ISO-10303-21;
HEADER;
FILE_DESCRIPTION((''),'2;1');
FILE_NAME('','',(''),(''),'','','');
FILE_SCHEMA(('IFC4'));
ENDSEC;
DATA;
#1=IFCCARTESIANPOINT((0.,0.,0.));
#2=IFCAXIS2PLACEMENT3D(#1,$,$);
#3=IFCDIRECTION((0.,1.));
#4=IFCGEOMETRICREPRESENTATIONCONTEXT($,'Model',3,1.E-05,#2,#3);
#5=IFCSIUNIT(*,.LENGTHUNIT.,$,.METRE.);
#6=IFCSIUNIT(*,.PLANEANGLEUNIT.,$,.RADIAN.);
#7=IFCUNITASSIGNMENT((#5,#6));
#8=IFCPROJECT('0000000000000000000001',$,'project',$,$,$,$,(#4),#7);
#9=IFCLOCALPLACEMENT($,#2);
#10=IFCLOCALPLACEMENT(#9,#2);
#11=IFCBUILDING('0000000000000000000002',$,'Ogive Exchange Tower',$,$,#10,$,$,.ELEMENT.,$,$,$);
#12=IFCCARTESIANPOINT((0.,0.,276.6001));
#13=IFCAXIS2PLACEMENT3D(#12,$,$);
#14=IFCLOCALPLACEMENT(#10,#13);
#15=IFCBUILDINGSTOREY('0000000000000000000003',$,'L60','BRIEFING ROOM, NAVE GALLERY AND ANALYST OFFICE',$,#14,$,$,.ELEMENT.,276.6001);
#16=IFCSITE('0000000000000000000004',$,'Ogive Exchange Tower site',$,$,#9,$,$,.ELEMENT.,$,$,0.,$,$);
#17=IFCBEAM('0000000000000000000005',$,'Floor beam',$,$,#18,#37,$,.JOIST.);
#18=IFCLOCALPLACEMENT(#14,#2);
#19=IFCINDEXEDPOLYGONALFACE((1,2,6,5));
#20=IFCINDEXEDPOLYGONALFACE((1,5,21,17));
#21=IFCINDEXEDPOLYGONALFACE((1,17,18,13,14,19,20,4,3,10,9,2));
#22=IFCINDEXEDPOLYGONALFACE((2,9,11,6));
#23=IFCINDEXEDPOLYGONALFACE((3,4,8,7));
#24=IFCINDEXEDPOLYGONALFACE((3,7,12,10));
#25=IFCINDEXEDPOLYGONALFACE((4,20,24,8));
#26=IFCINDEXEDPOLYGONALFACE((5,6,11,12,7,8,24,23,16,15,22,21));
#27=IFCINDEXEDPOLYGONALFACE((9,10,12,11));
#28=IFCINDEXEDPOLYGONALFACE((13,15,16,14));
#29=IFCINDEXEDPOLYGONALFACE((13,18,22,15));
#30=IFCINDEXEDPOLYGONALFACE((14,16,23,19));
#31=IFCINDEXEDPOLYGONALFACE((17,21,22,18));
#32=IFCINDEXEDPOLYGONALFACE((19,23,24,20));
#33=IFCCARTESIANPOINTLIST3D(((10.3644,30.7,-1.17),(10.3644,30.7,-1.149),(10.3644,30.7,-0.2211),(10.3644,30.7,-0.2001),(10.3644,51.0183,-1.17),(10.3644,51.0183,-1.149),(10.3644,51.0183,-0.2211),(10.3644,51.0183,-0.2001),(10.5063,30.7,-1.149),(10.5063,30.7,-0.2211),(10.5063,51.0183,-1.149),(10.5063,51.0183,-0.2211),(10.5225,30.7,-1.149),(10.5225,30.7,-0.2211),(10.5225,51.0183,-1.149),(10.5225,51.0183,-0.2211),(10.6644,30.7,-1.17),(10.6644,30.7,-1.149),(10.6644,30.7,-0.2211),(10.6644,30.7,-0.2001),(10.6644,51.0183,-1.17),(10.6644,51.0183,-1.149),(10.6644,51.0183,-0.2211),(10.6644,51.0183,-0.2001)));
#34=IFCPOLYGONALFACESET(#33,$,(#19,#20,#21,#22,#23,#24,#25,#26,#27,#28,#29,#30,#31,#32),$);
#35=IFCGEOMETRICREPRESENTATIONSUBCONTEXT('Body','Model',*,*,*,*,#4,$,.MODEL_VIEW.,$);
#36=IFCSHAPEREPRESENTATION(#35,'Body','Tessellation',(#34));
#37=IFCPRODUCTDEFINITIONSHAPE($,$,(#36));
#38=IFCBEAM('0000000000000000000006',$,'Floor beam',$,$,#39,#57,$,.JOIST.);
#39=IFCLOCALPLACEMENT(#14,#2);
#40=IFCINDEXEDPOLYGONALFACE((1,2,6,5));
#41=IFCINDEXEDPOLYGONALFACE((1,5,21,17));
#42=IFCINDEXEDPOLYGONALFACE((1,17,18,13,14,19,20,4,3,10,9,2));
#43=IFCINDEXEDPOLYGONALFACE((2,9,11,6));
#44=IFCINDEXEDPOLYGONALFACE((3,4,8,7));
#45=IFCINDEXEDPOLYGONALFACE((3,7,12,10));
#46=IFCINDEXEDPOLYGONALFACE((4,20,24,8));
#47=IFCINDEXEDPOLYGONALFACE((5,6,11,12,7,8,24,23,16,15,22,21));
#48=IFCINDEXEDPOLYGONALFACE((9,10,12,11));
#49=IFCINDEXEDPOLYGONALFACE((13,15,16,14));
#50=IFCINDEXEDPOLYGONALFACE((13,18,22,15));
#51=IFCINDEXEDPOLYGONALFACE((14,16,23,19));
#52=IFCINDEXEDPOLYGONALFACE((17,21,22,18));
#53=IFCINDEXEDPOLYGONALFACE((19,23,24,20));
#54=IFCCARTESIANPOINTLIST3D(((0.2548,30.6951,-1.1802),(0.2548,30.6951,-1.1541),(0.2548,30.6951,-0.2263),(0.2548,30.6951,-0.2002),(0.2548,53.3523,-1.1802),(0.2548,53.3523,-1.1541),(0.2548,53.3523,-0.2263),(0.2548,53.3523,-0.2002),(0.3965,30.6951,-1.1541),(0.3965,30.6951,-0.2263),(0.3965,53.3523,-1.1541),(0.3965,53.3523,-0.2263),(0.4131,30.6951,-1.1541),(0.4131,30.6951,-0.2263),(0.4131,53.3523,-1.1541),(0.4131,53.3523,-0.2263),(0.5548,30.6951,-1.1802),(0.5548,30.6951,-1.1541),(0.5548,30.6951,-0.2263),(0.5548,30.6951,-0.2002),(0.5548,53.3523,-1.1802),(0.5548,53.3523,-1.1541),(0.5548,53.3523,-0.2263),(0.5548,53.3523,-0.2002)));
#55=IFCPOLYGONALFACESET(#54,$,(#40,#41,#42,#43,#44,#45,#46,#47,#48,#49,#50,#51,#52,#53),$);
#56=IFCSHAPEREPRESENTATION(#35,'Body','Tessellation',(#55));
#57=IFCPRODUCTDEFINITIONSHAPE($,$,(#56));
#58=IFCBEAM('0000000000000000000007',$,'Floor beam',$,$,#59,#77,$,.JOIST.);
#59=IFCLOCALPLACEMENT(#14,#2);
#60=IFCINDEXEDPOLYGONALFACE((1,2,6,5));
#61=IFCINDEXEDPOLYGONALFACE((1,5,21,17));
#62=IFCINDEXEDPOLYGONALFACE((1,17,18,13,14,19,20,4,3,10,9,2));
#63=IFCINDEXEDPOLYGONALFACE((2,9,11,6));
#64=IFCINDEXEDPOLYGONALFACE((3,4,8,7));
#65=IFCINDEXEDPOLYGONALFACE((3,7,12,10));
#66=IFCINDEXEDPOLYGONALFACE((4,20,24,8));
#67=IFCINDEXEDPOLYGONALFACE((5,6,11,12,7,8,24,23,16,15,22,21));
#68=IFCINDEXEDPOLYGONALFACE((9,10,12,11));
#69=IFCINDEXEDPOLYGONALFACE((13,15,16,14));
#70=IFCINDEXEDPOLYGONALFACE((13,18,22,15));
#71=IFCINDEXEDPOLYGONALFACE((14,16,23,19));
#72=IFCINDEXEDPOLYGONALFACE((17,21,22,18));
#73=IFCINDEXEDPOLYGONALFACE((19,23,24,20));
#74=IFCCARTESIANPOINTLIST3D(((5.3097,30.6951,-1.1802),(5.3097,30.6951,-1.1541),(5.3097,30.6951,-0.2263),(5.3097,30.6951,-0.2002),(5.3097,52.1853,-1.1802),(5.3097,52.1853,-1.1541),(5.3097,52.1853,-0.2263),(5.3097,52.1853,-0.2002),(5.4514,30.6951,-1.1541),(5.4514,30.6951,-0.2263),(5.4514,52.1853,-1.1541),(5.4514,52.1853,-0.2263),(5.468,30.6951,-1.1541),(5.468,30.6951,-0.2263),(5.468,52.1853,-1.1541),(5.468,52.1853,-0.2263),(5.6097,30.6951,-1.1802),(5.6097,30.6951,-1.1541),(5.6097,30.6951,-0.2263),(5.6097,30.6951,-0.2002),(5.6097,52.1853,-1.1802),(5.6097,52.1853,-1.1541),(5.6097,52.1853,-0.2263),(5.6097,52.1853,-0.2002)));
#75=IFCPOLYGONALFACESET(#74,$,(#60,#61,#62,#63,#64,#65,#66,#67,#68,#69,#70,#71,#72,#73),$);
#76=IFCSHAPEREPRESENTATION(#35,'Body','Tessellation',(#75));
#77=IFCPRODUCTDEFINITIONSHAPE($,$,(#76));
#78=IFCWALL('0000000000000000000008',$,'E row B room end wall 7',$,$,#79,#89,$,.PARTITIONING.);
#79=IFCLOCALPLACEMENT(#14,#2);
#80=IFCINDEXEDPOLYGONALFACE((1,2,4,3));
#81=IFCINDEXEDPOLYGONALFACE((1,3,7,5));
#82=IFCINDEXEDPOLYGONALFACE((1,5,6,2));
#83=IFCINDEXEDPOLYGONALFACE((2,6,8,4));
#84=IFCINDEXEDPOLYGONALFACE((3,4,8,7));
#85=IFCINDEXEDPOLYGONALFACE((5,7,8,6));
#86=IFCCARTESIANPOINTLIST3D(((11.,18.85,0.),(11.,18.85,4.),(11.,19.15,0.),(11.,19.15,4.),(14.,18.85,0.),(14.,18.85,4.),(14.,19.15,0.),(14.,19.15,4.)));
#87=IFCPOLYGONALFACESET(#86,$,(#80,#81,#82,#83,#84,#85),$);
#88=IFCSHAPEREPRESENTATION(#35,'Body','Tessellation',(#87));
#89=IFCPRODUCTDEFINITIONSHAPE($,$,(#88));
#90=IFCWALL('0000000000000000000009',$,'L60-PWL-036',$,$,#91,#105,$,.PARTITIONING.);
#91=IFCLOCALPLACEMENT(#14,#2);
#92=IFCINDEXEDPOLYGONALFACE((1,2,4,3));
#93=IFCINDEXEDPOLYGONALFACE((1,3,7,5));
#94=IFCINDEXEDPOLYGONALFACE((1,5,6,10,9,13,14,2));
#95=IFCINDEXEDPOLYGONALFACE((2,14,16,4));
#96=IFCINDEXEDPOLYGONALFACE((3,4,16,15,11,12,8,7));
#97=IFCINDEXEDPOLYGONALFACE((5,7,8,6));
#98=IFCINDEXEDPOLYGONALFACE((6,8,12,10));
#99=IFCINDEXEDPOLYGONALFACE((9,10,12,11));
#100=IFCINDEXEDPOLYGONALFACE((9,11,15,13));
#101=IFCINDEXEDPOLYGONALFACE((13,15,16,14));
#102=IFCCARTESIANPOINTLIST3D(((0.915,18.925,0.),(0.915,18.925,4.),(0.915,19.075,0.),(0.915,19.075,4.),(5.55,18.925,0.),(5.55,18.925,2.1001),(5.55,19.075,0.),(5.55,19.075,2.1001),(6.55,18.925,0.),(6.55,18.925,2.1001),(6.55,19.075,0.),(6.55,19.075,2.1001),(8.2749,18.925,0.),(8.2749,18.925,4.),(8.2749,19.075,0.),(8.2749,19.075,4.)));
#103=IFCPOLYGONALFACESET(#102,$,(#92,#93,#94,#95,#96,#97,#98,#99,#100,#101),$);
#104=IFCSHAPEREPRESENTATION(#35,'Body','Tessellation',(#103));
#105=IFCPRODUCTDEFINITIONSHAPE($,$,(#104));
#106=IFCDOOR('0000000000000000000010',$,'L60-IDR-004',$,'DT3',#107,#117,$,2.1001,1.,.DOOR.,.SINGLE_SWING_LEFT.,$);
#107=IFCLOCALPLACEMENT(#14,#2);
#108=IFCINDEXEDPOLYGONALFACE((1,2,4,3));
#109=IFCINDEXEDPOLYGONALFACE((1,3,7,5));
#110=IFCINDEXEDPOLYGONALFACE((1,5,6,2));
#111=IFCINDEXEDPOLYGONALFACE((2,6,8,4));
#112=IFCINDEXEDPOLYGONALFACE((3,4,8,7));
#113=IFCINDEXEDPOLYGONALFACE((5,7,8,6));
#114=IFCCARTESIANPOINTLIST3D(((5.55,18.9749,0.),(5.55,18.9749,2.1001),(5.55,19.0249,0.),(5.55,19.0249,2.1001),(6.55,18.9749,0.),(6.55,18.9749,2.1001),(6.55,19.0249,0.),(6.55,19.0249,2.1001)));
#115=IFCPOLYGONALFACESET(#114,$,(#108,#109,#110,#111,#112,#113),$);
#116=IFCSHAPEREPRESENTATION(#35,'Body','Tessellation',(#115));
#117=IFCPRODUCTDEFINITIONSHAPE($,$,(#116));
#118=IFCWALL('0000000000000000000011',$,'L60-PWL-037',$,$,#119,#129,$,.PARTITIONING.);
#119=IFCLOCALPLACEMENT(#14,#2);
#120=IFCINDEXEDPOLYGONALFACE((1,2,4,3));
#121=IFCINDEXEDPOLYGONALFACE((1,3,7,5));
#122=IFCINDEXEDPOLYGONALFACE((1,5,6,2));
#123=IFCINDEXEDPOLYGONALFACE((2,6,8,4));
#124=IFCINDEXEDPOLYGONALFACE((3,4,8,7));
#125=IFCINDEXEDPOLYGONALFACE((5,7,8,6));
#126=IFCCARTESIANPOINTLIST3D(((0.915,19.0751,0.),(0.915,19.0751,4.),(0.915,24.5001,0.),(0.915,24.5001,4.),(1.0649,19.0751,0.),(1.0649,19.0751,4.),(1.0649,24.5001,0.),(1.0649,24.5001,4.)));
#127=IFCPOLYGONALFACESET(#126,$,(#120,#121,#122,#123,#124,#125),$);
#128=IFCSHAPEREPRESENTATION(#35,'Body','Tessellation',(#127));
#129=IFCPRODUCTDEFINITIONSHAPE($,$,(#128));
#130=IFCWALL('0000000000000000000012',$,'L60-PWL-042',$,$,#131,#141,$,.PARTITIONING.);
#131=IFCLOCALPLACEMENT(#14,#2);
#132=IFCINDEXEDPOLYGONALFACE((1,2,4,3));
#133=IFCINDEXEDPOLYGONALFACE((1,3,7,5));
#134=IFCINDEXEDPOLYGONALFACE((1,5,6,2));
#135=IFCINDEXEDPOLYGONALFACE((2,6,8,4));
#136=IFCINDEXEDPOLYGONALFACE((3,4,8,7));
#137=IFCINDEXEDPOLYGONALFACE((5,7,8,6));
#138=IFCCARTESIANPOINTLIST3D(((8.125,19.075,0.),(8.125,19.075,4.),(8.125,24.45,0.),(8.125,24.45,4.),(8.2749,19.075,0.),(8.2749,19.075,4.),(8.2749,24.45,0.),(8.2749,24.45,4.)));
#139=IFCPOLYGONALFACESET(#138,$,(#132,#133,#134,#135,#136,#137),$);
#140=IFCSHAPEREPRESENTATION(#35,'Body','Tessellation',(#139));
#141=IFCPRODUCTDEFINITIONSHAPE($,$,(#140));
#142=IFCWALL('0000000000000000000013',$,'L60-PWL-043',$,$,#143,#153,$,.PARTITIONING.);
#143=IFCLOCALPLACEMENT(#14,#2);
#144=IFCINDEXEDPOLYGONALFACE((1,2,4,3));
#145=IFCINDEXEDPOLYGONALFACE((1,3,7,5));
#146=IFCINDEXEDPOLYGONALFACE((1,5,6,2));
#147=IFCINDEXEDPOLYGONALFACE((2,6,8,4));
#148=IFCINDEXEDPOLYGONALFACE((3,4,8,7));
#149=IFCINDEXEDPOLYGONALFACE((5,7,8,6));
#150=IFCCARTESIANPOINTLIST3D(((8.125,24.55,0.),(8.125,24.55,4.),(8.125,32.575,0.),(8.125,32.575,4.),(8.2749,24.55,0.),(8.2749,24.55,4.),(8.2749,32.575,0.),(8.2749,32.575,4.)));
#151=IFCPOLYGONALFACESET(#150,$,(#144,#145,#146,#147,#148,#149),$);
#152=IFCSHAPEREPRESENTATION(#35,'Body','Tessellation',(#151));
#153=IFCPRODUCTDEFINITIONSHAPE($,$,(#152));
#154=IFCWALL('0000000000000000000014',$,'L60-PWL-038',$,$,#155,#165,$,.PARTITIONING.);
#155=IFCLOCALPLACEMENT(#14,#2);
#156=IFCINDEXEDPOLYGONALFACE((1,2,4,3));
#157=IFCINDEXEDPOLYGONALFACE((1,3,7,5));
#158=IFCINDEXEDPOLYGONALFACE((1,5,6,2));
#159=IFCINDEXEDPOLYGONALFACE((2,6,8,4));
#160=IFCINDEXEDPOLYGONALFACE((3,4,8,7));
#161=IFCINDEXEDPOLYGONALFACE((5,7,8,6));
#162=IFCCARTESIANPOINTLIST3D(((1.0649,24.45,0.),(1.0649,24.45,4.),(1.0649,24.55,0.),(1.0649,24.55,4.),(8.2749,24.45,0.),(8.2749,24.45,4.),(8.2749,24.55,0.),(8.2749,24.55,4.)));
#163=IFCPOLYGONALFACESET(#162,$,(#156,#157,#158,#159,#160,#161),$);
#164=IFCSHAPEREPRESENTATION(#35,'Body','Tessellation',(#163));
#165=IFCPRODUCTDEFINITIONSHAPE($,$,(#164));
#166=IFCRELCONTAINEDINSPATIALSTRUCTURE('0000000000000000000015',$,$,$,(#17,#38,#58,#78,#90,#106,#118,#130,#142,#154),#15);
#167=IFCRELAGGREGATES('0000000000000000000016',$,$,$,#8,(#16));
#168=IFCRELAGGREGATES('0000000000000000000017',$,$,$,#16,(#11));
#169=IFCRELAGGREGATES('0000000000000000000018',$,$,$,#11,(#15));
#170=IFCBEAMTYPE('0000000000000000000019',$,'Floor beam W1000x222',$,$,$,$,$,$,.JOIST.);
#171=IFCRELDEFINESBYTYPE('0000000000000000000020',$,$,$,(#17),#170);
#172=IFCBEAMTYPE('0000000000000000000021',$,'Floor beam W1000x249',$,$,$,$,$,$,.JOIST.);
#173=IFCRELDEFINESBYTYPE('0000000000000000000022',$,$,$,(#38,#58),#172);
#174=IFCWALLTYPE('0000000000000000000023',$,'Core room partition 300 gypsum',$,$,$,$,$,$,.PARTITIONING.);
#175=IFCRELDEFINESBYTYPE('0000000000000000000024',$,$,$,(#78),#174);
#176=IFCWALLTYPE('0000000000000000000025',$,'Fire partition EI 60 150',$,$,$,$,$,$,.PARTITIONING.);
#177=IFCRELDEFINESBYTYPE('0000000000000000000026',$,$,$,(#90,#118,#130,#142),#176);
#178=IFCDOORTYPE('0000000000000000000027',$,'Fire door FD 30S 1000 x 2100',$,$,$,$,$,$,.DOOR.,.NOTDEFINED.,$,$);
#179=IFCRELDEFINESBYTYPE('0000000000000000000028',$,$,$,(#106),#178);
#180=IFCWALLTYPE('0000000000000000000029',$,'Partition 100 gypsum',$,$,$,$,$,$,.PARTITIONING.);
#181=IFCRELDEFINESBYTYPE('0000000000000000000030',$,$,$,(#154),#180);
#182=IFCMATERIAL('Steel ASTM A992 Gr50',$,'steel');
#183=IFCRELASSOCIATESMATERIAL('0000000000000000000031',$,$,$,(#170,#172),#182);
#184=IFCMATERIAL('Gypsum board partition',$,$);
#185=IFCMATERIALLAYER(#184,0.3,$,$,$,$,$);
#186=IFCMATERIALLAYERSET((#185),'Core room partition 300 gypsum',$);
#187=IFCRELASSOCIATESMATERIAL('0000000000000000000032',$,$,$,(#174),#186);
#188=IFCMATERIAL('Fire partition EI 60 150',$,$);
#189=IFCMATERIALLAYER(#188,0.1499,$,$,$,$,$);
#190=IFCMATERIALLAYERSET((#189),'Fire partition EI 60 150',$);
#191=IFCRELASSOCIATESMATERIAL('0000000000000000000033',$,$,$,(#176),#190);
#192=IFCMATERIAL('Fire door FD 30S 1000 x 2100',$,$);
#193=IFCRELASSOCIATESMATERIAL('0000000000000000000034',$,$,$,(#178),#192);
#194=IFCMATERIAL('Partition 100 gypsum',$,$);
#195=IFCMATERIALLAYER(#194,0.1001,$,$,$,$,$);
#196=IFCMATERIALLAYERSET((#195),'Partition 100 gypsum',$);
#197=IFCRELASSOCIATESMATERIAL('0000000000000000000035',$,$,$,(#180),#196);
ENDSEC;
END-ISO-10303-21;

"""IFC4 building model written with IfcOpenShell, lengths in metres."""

from ifc_helpers import new_model, si_unit, direction, frame, frame_2d, origin, origin_2d, place, context, subcontext, project, spatial, rectangle, i_section, extrude, material, layer, layer_set, material_profile, profile_set, type_object, element, fill, save


model = new_model("IFC4")

# Units and contexts
model_context = context("Model", 3, precision=1e-05, world=origin(), true_north=direction((0.0, 1.0)))
body_context = subcontext(model_context, "Body", "Model", "MODEL_VIEW")
ifc_project = project(units=[si_unit("LENGTHUNIT", "METRE"), si_unit("PLANEANGLEUNIT", "RADIAN")], contexts=[model_context])

# Site, building, storey
site_placement = place(None, origin())
site = spatial("IfcSite", under=ifc_project, at=site_placement, Name="Ogive Exchange Tower site", CompositionType="ELEMENT", RefElevation=0.0)
building_placement = place(site_placement, origin())
building = spatial("IfcBuilding", under=site, at=building_placement, Name="Ogive Exchange Tower", CompositionType="ELEMENT")
storey_placement = place(building_placement, frame((0.0, 0.0, 276.6001)))
storey = spatial("IfcBuildingStorey", under=building, at=storey_placement, Name="L60", Description="BRIEFING ROOM, NAVE GALLERY AND ANALYST OFFICE", CompositionType="ELEMENT", Elevation=276.6001)

# Beams
ifc_material_1 = material(Name="Steel ASTM A992 Gr50", Category="steel")
ifc_material_profile_1 = material_profile(ifc_material_1, i_section(OverallWidth=0.3, OverallDepth=0.97, WebThickness=0.0161, FlangeThickness=0.021, at=origin_2d()), Name="W1000x222")
ifc_profile_set_1 = profile_set([ifc_material_profile_1], Name="Steel ASTM A992 Gr50")
beam_type_1 = type_object("IfcBeamType", Name="Floor beam W1000x222", PredefinedType="JOIST", material=ifc_profile_set_1)
beam_1_placement = place(storey_placement, frame((10.5144, 30.7, -0.6851), z_axis=(0.0, 1.0, 0.0), x_axis=(-1.0, 0.0, 0.0)))
element("IfcBeam", 1, at=beam_1_placement, inside=storey, type_object=beam_type_1, Name="Floor beam", PredefinedType="JOIST", context=body_context, shape_type="SweptSolid", body=[
    extrude(i_section(OverallWidth=0.3, OverallDepth=0.97, WebThickness=0.0161, FlangeThickness=0.021, at=origin_2d()), origin(), (0.0, 0.0, 1.0), 20.3184),
])
ifc_material_profile_2 = material_profile(ifc_material_1, i_section(OverallWidth=0.3, OverallDepth=0.98, WebThickness=0.0166, FlangeThickness=0.0261, at=origin_2d()), Name="W1000x249")
ifc_profile_set_2 = profile_set([ifc_material_profile_2], Name="Steel ASTM A992 Gr50")
beam_type_2 = type_object("IfcBeamType", Name="Floor beam W1000x249", PredefinedType="JOIST", material=ifc_profile_set_2)
beam_2_placement = place(storey_placement, frame((0.4048, 30.6951, -0.6902), z_axis=(0.0, 1.0, 0.0), x_axis=(-1.0, 0.0, 0.0)))
element("IfcBeam", 2, at=beam_2_placement, inside=storey, type_object=beam_type_2, Name="Floor beam", PredefinedType="JOIST", context=body_context, shape_type="SweptSolid", body=[
    extrude(i_section(OverallWidth=0.3, OverallDepth=0.98, WebThickness=0.0166, FlangeThickness=0.0261, at=origin_2d()), origin(), (0.0, 0.0, 1.0), 22.6572),
])
beam_3_placement = place(storey_placement, frame((5.4597, 30.6951, -0.6902), z_axis=(0.0, 1.0, 0.0), x_axis=(-1.0, 0.0, 0.0)))
element("IfcBeam", 3, at=beam_3_placement, inside=storey, type_object=beam_type_2, Name="Floor beam", PredefinedType="JOIST", context=body_context, shape_type="SweptSolid", body=[
    extrude(i_section(OverallWidth=0.3, OverallDepth=0.98, WebThickness=0.0166, FlangeThickness=0.0261, at=origin_2d()), origin(), (0.0, 0.0, 1.0), 21.4902),
])

# Wall
ifc_material_2 = material(Name="Gypsum board partition")
ifc_layer_1 = layer(ifc_material_2, 0.3)
ifc_layer_set_1 = layer_set([ifc_layer_1], Name="Core room partition 300 gypsum")
wall_type_1 = type_object("IfcWallType", Name="Core room partition 300 gypsum", PredefinedType="PARTITIONING", material=ifc_layer_set_1)
wall_1_placement = place(storey_placement, frame((11.0, 19.0, 0.0), z_axis=(0.0, 0.0, 1.0), x_axis=(1.0, 0.0, 0.0)))
element("IfcWall", 4, at=wall_1_placement, inside=storey, type_object=wall_type_1, Name="E row B room end wall 7", PredefinedType="PARTITIONING", context=body_context, shape_type="SweptSolid", body=[
    extrude(rectangle(XDim=3.0, YDim=0.3, at=frame_2d((1.5, 0.0))), origin(), (0.0, 0.0, 1.0), 4.0),
])

# Wall, opening, door
ifc_material_3 = material(Name="Fire partition EI 60 150")
ifc_layer_2 = layer(ifc_material_3, 0.1499)
ifc_layer_set_2 = layer_set([ifc_layer_2], Name="Fire partition EI 60 150")
wall_type_2 = type_object("IfcWallType", Name="Fire partition EI 60 150", PredefinedType="PARTITIONING", material=ifc_layer_set_2)
wall_2_placement = place(storey_placement, frame((0.915, 19.0, 0.0), z_axis=(0.0, 0.0, 1.0), x_axis=(1.0, 0.0, 0.0)))
wall_2 = element("IfcWall", 5, at=wall_2_placement, inside=storey, type_object=wall_type_2, Name="L60-PWL-036", PredefinedType="PARTITIONING", context=body_context, shape_type="SweptSolid", body=[
    extrude(rectangle(XDim=7.3599, YDim=0.1499, at=frame_2d((3.6799, 0.0))), origin(), (0.0, 0.0, 1.0), 4.0),
])
opening_1_placement = place(wall_2_placement, frame((4.635, 0.0, 0.0)))
opening_1 = element("IfcOpeningElement", 6, at=opening_1_placement, cuts=wall_2, PredefinedType="OPENING", context=body_context, shape_type="SweptSolid", body=[
    extrude(rectangle(XDim=1.0, YDim=2.1001, at=frame_2d((0.5, 1.05))), frame((0.0, 0.085, 0.0), z_axis=(0.0, -1.0, 0.0), x_axis=(1.0, 0.0, 0.0)), (0.0, 0.0, 1.0), 0.1699),
])
ifc_material_4 = material(Name="Fire door FD 30S 1000 x 2100")
door_type_1 = type_object("IfcDoorType", Name="Fire door FD 30S 1000 x 2100", OperationType="NOTDEFINED", PredefinedType="DOOR", material=ifc_material_4)
door_1_placement = place(opening_1_placement, origin())
door_1 = element("IfcDoor", 7, at=door_1_placement, inside=storey, type_object=door_type_1, Name="L60-IDR-004", ObjectType="DT3", OperationType="SINGLE_SWING_LEFT", OverallHeight=2.1001, OverallWidth=1.0, PredefinedType="DOOR", context=body_context, shape_type="SweptSolid", body=[
    extrude(rectangle(XDim=1.0, YDim=2.1001, at=frame_2d((0.5, 1.05))), frame((0.0, 0.0249, 0.0), z_axis=(0.0, -1.0, 0.0), x_axis=(1.0, 0.0, 0.0)), (0.0, 0.0, 1.0), 0.05),
])
fill(opening_1, door_1)

# Walls
wall_3_placement = place(storey_placement, frame((0.99, 24.5, 0.0), z_axis=(0.0, 0.0, 1.0), x_axis=(0.0, -1.0, 0.0)))
element("IfcWall", 8, at=wall_3_placement, inside=storey, type_object=wall_type_2, Name="L60-PWL-037", PredefinedType="PARTITIONING", context=body_context, shape_type="SweptSolid", body=[
    extrude(rectangle(XDim=5.425, YDim=0.1499, at=frame_2d((2.7124, 0.0))), origin(), (0.0, 0.0, 1.0), 4.0),
])
wall_4_placement = place(storey_placement, frame((8.2, 19.075, 0.0), z_axis=(0.0, 0.0, 1.0), x_axis=(0.0, 1.0, 0.0)))
element("IfcWall", 9, at=wall_4_placement, inside=storey, type_object=wall_type_2, Name="L60-PWL-042", PredefinedType="PARTITIONING", context=body_context, shape_type="SweptSolid", body=[
    extrude(rectangle(XDim=5.375, YDim=0.1499, at=frame_2d((2.6875, 0.0))), origin(), (0.0, 0.0, 1.0), 4.0),
])
wall_5_placement = place(storey_placement, frame((8.2, 24.55, 0.0), z_axis=(0.0, 0.0, 1.0), x_axis=(0.0, 1.0, 0.0)))
element("IfcWall", 10, at=wall_5_placement, inside=storey, type_object=wall_type_2, Name="L60-PWL-043", PredefinedType="PARTITIONING", context=body_context, shape_type="SweptSolid", body=[
    extrude(rectangle(XDim=8.0249, YDim=0.1499, at=frame_2d((4.0125, 0.0))), origin(), (0.0, 0.0, 1.0), 4.0),
])
ifc_material_5 = material(Name="Partition 100 gypsum")
ifc_layer_3 = layer(ifc_material_5, 0.1001)
ifc_layer_set_3 = layer_set([ifc_layer_3], Name="Partition 100 gypsum")
wall_type_3 = type_object("IfcWallType", Name="Partition 100 gypsum", PredefinedType="PARTITIONING", material=ifc_layer_set_3)
wall_6_placement = place(storey_placement, frame((1.0649, 24.5, 0.0), z_axis=(0.0, 0.0, 1.0), x_axis=(1.0, 0.0, 0.0)))
element("IfcWall", 11, at=wall_6_placement, inside=storey, type_object=wall_type_3, Name="L60-PWL-038", PredefinedType="PARTITIONING", context=body_context, shape_type="SweptSolid", body=[
    extrude(rectangle(XDim=7.21, YDim=0.1001, at=frame_2d((3.605, 0.0))), origin(), (0.0, 0.0, 1.0), 4.0),
])

save(model, "model.ifc")
